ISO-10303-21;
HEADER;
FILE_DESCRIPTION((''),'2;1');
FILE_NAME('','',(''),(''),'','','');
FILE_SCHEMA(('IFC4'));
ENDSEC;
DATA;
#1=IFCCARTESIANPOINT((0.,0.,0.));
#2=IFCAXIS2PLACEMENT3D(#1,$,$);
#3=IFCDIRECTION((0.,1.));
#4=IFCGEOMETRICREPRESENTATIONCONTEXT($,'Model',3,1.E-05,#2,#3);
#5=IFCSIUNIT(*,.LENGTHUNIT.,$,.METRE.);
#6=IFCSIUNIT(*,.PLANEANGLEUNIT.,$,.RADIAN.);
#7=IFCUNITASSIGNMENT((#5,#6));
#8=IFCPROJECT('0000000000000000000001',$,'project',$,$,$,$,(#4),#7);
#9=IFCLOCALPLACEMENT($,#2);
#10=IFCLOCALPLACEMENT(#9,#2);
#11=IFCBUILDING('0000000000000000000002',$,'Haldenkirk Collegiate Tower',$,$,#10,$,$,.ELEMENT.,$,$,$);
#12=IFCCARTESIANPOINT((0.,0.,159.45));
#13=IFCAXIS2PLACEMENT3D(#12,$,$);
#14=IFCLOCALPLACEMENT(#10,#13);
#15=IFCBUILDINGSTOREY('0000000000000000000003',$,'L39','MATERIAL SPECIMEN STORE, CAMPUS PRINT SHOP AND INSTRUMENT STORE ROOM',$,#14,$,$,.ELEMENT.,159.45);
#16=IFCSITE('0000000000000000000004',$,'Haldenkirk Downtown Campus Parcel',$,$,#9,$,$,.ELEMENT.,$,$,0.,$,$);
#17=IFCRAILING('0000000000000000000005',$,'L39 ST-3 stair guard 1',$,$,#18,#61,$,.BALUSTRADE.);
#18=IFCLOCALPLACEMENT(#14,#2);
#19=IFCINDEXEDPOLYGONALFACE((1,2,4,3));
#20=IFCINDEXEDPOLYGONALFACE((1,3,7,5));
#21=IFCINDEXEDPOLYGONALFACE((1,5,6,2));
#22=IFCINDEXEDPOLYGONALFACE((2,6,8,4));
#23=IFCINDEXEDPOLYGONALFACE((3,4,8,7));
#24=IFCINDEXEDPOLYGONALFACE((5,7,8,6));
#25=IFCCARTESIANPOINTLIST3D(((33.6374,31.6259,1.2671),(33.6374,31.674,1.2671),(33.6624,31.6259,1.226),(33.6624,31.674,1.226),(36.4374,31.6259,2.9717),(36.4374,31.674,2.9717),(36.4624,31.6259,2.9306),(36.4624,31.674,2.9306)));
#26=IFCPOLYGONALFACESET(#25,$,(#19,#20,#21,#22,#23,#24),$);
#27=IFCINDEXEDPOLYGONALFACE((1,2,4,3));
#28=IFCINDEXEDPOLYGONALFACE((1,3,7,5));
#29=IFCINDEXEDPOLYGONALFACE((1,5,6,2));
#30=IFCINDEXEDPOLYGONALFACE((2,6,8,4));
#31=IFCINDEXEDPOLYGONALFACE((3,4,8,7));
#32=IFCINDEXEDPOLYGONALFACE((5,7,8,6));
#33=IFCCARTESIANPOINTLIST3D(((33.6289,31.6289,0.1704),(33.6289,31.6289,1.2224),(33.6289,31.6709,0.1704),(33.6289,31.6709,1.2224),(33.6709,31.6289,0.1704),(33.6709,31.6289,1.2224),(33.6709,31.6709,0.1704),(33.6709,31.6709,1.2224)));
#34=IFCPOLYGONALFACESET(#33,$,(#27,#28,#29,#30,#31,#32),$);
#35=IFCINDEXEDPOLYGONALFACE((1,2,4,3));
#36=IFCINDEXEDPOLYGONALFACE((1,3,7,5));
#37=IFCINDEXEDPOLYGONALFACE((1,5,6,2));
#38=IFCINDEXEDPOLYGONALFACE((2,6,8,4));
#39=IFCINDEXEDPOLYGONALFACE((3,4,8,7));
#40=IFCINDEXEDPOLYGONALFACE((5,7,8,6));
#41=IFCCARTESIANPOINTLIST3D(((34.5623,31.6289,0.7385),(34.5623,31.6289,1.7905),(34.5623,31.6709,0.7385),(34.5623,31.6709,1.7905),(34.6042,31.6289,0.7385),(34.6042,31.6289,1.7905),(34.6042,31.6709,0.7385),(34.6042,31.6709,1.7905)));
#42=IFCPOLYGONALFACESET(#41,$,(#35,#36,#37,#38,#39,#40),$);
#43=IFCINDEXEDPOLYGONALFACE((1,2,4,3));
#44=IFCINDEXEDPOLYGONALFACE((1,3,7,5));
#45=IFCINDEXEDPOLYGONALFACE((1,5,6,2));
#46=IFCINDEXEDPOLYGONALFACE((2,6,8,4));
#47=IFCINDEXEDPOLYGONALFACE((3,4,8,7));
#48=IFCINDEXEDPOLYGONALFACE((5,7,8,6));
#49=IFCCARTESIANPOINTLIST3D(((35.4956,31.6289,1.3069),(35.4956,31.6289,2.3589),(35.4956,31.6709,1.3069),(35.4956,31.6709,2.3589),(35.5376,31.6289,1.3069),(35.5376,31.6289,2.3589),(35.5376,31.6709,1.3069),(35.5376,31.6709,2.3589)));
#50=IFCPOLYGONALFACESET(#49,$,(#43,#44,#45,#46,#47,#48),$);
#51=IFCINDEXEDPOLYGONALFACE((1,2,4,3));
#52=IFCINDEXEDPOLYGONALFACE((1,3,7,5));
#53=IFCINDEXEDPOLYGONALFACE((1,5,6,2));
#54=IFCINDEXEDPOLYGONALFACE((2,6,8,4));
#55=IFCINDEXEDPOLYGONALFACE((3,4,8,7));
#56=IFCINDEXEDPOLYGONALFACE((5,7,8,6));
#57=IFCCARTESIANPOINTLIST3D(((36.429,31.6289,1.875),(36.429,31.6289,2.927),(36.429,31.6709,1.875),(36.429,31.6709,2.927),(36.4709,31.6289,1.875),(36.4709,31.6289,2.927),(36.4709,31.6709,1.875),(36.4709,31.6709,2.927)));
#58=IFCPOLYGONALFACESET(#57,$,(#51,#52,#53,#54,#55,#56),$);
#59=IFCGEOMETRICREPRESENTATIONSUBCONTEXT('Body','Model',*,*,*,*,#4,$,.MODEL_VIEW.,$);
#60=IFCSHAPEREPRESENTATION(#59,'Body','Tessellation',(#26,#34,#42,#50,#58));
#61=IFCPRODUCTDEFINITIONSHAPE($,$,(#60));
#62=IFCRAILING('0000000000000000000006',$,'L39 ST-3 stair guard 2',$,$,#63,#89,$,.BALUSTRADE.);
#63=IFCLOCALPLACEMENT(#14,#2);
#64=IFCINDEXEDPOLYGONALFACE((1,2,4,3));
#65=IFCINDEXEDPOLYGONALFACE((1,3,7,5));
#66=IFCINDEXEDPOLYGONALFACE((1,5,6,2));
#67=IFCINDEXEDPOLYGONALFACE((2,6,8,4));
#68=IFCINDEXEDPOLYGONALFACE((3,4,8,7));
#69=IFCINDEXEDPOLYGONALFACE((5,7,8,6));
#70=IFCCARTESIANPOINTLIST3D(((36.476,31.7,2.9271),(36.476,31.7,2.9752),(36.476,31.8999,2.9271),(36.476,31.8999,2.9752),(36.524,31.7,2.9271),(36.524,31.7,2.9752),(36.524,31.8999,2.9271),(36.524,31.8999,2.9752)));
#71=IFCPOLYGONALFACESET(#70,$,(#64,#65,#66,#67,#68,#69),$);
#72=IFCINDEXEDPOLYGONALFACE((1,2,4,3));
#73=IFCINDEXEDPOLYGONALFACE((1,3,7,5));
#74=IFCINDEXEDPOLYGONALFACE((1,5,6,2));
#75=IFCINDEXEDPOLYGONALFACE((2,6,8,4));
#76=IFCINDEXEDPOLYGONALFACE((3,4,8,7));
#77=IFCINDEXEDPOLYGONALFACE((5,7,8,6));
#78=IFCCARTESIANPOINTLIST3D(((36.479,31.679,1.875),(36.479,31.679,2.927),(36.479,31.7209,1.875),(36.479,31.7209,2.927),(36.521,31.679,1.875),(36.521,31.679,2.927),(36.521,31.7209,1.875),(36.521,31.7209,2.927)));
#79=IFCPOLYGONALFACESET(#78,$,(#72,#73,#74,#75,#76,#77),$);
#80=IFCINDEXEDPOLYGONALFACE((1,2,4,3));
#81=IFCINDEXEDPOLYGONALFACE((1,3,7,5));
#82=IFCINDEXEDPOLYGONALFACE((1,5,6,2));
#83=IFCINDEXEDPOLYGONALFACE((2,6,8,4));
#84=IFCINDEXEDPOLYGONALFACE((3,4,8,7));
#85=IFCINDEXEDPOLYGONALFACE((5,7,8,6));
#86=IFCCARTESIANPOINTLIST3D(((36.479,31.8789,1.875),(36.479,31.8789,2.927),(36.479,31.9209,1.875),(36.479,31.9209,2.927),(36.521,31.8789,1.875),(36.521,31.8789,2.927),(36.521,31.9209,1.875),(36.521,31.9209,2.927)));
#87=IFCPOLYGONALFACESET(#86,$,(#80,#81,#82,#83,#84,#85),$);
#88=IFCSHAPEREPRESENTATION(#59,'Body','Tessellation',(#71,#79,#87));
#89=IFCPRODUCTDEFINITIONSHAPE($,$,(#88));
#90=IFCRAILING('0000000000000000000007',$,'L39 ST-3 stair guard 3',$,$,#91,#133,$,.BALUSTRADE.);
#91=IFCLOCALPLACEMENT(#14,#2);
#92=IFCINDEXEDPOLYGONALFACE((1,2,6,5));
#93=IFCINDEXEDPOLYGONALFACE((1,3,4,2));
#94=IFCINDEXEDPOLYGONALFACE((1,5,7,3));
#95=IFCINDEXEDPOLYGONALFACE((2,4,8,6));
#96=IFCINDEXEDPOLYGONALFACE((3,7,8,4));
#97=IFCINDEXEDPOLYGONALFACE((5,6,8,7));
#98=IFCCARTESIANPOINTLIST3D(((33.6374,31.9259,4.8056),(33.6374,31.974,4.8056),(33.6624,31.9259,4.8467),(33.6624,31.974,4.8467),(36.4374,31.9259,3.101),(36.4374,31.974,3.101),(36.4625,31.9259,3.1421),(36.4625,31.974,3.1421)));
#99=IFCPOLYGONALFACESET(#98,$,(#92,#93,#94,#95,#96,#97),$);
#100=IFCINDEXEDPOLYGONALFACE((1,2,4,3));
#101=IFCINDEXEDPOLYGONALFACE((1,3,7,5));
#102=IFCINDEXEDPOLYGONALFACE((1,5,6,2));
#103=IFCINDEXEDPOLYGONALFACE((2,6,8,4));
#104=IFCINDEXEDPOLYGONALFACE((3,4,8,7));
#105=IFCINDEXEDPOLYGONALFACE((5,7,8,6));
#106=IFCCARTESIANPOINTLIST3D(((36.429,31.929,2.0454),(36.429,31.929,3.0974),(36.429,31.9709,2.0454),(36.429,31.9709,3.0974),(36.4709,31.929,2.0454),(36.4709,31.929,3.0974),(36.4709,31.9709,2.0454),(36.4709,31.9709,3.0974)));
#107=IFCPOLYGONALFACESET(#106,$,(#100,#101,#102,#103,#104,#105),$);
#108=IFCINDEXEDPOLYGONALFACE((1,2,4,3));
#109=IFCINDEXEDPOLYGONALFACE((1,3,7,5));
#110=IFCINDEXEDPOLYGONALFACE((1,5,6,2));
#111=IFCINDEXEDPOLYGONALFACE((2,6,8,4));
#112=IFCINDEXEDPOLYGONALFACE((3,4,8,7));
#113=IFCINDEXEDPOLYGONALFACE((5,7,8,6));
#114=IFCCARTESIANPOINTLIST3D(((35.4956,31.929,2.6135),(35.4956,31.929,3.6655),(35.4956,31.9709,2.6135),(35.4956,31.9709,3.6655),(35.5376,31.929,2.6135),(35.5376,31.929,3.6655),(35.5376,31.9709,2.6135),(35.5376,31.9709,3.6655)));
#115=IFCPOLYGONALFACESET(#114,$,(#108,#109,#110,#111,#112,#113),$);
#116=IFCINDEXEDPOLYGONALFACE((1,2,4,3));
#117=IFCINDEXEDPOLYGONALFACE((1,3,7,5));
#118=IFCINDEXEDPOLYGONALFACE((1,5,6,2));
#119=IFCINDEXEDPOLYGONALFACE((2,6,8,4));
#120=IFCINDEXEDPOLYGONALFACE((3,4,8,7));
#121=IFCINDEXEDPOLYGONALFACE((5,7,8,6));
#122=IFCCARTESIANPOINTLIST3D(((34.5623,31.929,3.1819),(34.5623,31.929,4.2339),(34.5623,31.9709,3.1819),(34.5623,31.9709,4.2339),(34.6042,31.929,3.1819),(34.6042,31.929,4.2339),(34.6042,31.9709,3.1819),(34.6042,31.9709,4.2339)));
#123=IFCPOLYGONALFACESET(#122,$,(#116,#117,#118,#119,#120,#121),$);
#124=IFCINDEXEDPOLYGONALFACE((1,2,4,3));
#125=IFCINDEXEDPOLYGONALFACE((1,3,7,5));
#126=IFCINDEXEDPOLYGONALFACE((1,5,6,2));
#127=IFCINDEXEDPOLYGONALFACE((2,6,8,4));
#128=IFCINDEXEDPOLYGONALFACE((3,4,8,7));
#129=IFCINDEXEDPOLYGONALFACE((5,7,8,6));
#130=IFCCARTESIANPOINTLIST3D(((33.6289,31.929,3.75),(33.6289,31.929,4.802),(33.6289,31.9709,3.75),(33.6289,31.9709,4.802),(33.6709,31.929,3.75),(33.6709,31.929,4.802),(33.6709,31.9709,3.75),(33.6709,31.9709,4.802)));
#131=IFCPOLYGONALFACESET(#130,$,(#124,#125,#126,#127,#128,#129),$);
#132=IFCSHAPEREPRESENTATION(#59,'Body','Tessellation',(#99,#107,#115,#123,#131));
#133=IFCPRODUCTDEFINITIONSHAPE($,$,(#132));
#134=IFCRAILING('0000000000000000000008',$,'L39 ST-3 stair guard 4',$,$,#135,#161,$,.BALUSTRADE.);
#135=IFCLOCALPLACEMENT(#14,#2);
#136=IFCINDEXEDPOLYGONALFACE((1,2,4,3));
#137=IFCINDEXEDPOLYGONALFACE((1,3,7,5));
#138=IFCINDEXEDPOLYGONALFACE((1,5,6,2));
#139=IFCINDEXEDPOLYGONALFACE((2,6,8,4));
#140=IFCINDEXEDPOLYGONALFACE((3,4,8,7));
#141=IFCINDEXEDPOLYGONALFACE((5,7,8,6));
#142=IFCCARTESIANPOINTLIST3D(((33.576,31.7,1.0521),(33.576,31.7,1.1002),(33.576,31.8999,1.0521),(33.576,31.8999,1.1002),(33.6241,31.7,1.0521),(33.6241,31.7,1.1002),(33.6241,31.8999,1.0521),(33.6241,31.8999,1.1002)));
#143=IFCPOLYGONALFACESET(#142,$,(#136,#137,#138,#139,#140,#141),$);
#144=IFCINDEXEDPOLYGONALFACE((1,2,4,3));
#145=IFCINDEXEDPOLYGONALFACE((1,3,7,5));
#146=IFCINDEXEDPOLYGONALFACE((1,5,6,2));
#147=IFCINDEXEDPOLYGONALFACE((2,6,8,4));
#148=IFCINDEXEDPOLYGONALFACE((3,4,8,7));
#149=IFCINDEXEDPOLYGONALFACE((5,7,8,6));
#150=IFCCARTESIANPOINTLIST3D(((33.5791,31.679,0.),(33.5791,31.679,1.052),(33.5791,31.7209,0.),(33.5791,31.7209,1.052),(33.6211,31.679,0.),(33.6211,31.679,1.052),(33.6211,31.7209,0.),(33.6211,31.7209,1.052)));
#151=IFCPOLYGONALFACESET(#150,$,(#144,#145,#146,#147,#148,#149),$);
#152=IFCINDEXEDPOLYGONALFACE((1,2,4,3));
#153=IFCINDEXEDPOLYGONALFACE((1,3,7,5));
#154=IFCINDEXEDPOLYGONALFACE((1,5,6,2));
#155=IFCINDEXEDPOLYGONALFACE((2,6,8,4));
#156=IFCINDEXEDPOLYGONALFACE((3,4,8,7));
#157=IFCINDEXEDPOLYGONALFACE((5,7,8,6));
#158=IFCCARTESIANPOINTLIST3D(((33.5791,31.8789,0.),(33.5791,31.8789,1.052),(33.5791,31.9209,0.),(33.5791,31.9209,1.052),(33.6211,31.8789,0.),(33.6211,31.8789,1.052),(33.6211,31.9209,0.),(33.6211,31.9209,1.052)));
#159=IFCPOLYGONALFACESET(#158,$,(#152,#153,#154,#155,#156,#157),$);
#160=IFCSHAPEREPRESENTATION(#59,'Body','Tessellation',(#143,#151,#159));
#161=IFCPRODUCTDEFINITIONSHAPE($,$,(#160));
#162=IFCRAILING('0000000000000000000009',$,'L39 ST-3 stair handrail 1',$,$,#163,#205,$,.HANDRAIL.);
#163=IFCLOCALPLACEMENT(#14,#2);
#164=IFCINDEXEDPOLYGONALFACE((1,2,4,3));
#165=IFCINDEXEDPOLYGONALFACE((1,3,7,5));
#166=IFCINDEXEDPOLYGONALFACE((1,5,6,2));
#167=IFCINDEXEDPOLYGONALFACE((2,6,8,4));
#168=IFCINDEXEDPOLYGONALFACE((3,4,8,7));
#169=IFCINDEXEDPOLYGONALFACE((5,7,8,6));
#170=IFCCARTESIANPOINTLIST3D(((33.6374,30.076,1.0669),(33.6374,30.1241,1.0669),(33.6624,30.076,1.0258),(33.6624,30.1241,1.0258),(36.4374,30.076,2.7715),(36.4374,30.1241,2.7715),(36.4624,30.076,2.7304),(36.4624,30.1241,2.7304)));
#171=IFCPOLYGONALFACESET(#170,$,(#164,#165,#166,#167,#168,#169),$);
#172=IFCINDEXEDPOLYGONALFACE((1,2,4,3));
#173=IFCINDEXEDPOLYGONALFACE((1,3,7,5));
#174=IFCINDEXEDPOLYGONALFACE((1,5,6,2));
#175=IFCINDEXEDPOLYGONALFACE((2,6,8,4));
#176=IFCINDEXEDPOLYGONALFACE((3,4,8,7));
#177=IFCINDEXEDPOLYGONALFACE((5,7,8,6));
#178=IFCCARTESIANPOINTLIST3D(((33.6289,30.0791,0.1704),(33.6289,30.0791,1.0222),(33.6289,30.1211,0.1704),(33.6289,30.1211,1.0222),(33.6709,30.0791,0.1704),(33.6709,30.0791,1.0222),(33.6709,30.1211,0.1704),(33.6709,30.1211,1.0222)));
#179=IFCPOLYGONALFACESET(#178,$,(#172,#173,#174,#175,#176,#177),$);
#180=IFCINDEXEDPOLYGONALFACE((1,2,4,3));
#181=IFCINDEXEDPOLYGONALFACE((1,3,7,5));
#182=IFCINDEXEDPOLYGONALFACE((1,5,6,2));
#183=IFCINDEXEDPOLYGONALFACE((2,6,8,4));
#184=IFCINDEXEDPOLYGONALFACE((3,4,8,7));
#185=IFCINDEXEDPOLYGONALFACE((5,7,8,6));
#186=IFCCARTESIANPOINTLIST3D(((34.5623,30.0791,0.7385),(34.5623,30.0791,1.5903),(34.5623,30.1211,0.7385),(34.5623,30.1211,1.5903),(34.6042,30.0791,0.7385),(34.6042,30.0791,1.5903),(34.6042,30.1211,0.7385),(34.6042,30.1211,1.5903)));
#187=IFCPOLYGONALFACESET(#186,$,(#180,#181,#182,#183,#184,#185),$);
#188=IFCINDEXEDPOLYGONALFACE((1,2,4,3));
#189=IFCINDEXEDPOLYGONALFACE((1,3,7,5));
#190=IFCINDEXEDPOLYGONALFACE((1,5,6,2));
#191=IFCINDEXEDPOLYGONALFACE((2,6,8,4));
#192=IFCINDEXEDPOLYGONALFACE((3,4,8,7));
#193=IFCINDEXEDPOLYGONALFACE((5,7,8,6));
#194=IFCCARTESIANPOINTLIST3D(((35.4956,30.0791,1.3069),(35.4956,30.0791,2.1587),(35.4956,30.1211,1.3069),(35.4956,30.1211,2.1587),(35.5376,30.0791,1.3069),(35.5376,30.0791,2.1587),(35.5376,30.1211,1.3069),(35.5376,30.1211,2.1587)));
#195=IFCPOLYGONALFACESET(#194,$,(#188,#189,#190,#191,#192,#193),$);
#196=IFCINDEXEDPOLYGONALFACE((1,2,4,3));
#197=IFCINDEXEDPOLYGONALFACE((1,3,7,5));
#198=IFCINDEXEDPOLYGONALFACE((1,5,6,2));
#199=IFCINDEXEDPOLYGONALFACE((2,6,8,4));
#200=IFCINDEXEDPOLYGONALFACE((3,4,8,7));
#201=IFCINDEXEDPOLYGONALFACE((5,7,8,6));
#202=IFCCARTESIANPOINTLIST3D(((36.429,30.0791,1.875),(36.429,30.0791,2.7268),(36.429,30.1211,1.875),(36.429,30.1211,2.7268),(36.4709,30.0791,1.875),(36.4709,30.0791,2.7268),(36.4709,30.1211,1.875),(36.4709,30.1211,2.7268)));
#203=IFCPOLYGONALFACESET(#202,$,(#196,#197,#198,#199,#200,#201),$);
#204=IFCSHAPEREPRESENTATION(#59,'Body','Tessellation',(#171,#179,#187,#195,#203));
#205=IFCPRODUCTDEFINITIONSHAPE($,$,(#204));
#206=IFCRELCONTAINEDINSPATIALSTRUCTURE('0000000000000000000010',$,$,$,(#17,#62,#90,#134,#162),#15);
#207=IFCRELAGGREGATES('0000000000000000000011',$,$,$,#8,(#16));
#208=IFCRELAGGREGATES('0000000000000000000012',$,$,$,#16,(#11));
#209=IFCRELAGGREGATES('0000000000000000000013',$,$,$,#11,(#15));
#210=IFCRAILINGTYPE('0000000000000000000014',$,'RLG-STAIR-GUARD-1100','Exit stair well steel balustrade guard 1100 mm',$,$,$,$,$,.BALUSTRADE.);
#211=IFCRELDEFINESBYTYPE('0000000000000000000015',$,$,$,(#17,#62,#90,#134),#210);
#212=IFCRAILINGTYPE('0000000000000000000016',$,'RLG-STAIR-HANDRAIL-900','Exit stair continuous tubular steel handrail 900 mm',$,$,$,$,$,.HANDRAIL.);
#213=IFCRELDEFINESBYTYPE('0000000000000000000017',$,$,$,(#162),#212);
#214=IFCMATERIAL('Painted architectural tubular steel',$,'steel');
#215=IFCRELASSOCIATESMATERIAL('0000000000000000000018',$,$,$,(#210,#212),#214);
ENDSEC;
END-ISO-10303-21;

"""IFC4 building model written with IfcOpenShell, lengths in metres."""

from ifc_helpers import new_model, si_unit, direction, frame, origin, origin_2d, place, context, subcontext, project, spatial, rectangle, extrude, material, type_object, element, save


model = new_model("IFC4")

# Units and contexts
model_context = context("Model", 3, precision=1e-05, world=origin(), true_north=direction((0.0, 1.0)))
body_context = subcontext(model_context, "Body", "Model", "MODEL_VIEW")
ifc_project = project(units=[si_unit("LENGTHUNIT", "METRE"), si_unit("PLANEANGLEUNIT", "RADIAN")], contexts=[model_context])

# Site, building, storey
site_placement = place(None, origin())
site = spatial("IfcSite", under=ifc_project, at=site_placement, Name="Haldenkirk Downtown Campus Parcel", CompositionType="ELEMENT", RefElevation=0.0)
building_placement = place(site_placement, origin())
building = spatial("IfcBuilding", under=site, at=building_placement, Name="Haldenkirk Collegiate Tower", CompositionType="ELEMENT")
storey_placement = place(building_placement, frame((0.0, 0.0, 159.45)))
storey = spatial("IfcBuildingStorey", under=building, at=storey_placement, Name="L39", Description="MATERIAL SPECIMEN STORE, CAMPUS PRINT SHOP AND INSTRUMENT STORE ROOM", CompositionType="ELEMENT", Elevation=159.45)

# Railings
ifc_material_1 = material(Name="Painted architectural tubular steel", Category="steel")
railing_type_1 = type_object("IfcRailingType", Name="RLG-STAIR-GUARD-1100", Description="Exit stair well steel balustrade guard 1100 mm", PredefinedType="BALUSTRADE", material=ifc_material_1)
railing_1_placement = place(storey_placement, frame((33.6499, 31.6499, 0.1704)))
element("IfcRailing", 1, at=railing_1_placement, inside=storey, type_object=railing_type_1, Name="L39 ST-3 stair guard 1", PredefinedType="BALUSTRADE", context=body_context, shape_type="SweptSolid", body=[
    extrude(rectangle(XDim=0.0481, YDim=0.0481, at=origin_2d()), frame((0.0, 0.0, 1.0762), z_axis=(0.85417, 0.0, 0.519994), x_axis=(0.0, 1.0, 0.0)), (0.0, 0.0, 1.0), 3.2781),
    extrude(rectangle(XDim=0.042, YDim=0.042, at=origin_2d()), origin(), (0.0, 0.0, 1.0), 1.052),
    extrude(rectangle(XDim=0.042, YDim=0.042, at=origin_2d()), frame((0.9333, 0.0, 0.5681)), (0.0, 0.0, 1.0), 1.052),
    extrude(rectangle(XDim=0.042, YDim=0.042, at=origin_2d()), frame((1.8667, 0.0, 1.1365)), (0.0, 0.0, 1.0), 1.052),
    extrude(rectangle(XDim=0.042, YDim=0.042, at=origin_2d()), frame((2.8, 0.0, 1.7046)), (0.0, 0.0, 1.0), 1.052),
])
railing_2_placement = place(storey_placement, frame((36.5, 31.7, 1.875)))
element("IfcRailing", 2, at=railing_2_placement, inside=storey, type_object=railing_type_1, Name="L39 ST-3 stair guard 2", PredefinedType="BALUSTRADE", context=body_context, shape_type="SweptSolid", body=[
    extrude(rectangle(XDim=0.0481, YDim=0.0481, at=origin_2d()), frame((0.0, 0.0, 1.0762), z_axis=(0.0, 1.0, 0.0), x_axis=(-1.0, 0.0, 0.0)), (0.0, 0.0, 1.0), 0.2),
    extrude(rectangle(XDim=0.042, YDim=0.042, at=origin_2d()), origin(), (0.0, 0.0, 1.0), 1.052),
    extrude(rectangle(XDim=0.042, YDim=0.042, at=origin_2d()), frame((0.0, 0.2, 0.0)), (0.0, 0.0, 1.0), 1.052),
])
railing_3_placement = place(storey_placement, frame((36.45, 31.95, 2.0454)))
element("IfcRailing", 3, at=railing_3_placement, inside=storey, type_object=railing_type_1, Name="L39 ST-3 stair guard 3", PredefinedType="BALUSTRADE", context=body_context, shape_type="SweptSolid", body=[
    extrude(rectangle(XDim=0.0481, YDim=0.0481, at=origin_2d()), frame((0.0, 0.0, 1.0762), z_axis=(-0.85417, 0.0, 0.519994), x_axis=(0.0, -1.0, 0.0)), (0.0, 0.0, 1.0), 3.2781),
    extrude(rectangle(XDim=0.042, YDim=0.042, at=origin_2d()), origin(), (0.0, 0.0, 1.0), 1.052),
    extrude(rectangle(XDim=0.042, YDim=0.042, at=origin_2d()), frame((-0.9333, 0.0, 0.5681)), (0.0, 0.0, 1.0), 1.052),
    extrude(rectangle(XDim=0.042, YDim=0.042, at=origin_2d()), frame((-1.8667, 0.0, 1.1365)), (0.0, 0.0, 1.0), 1.052),
    extrude(rectangle(XDim=0.042, YDim=0.042, at=origin_2d()), frame((-2.8, 0.0, 1.7046)), (0.0, 0.0, 1.0), 1.052),
])
railing_4_placement = place(storey_placement, frame((33.6001, 31.7, 0.0)))
element("IfcRailing", 4, at=railing_4_placement, inside=storey, type_object=railing_type_1, Name="L39 ST-3 stair guard 4", PredefinedType="BALUSTRADE", context=body_context, shape_type="SweptSolid", body=[
    extrude(rectangle(XDim=0.0481, YDim=0.0481, at=origin_2d()), frame((0.0, 0.0, 1.0762), z_axis=(0.0, 1.0, 0.0), x_axis=(-1.0, 0.0, 0.0)), (0.0, 0.0, 1.0), 0.2),
    extrude(rectangle(XDim=0.042, YDim=0.042, at=origin_2d()), origin(), (0.0, 0.0, 1.0), 1.052),
    extrude(rectangle(XDim=0.042, YDim=0.042, at=origin_2d()), frame((0.0, 0.2, 0.0)), (0.0, 0.0, 1.0), 1.052),
])
railing_type_2 = type_object("IfcRailingType", Name="RLG-STAIR-HANDRAIL-900", Description="Exit stair continuous tubular steel handrail 900 mm", PredefinedType="HANDRAIL", material=ifc_material_1)
railing_5_placement = place(storey_placement, frame((33.6499, 30.1001, 0.1704)))
element("IfcRailing", 5, at=railing_5_placement, inside=storey, type_object=railing_type_2, Name="L39 ST-3 stair handrail 1", PredefinedType="HANDRAIL", context=body_context, shape_type="SweptSolid", body=[
    extrude(rectangle(XDim=0.0481, YDim=0.0481, at=origin_2d()), frame((0.0, 0.0, 0.876), z_axis=(0.85417, 0.0, 0.519994), x_axis=(0.0, 1.0, 0.0)), (0.0, 0.0, 1.0), 3.2781),
    extrude(rectangle(XDim=0.042, YDim=0.042, at=origin_2d()), origin(), (0.0, 0.0, 1.0), 0.8518),
    extrude(rectangle(XDim=0.042, YDim=0.042, at=origin_2d()), frame((0.9333, 0.0, 0.5681)), (0.0, 0.0, 1.0), 0.8518),
    extrude(rectangle(XDim=0.042, YDim=0.042, at=origin_2d()), frame((1.8667, 0.0, 1.1365)), (0.0, 0.0, 1.0), 0.8518),
    extrude(rectangle(XDim=0.042, YDim=0.042, at=origin_2d()), frame((2.8, 0.0, 1.7046)), (0.0, 0.0, 1.0), 0.8518),
])

save(model, "model.ifc")
